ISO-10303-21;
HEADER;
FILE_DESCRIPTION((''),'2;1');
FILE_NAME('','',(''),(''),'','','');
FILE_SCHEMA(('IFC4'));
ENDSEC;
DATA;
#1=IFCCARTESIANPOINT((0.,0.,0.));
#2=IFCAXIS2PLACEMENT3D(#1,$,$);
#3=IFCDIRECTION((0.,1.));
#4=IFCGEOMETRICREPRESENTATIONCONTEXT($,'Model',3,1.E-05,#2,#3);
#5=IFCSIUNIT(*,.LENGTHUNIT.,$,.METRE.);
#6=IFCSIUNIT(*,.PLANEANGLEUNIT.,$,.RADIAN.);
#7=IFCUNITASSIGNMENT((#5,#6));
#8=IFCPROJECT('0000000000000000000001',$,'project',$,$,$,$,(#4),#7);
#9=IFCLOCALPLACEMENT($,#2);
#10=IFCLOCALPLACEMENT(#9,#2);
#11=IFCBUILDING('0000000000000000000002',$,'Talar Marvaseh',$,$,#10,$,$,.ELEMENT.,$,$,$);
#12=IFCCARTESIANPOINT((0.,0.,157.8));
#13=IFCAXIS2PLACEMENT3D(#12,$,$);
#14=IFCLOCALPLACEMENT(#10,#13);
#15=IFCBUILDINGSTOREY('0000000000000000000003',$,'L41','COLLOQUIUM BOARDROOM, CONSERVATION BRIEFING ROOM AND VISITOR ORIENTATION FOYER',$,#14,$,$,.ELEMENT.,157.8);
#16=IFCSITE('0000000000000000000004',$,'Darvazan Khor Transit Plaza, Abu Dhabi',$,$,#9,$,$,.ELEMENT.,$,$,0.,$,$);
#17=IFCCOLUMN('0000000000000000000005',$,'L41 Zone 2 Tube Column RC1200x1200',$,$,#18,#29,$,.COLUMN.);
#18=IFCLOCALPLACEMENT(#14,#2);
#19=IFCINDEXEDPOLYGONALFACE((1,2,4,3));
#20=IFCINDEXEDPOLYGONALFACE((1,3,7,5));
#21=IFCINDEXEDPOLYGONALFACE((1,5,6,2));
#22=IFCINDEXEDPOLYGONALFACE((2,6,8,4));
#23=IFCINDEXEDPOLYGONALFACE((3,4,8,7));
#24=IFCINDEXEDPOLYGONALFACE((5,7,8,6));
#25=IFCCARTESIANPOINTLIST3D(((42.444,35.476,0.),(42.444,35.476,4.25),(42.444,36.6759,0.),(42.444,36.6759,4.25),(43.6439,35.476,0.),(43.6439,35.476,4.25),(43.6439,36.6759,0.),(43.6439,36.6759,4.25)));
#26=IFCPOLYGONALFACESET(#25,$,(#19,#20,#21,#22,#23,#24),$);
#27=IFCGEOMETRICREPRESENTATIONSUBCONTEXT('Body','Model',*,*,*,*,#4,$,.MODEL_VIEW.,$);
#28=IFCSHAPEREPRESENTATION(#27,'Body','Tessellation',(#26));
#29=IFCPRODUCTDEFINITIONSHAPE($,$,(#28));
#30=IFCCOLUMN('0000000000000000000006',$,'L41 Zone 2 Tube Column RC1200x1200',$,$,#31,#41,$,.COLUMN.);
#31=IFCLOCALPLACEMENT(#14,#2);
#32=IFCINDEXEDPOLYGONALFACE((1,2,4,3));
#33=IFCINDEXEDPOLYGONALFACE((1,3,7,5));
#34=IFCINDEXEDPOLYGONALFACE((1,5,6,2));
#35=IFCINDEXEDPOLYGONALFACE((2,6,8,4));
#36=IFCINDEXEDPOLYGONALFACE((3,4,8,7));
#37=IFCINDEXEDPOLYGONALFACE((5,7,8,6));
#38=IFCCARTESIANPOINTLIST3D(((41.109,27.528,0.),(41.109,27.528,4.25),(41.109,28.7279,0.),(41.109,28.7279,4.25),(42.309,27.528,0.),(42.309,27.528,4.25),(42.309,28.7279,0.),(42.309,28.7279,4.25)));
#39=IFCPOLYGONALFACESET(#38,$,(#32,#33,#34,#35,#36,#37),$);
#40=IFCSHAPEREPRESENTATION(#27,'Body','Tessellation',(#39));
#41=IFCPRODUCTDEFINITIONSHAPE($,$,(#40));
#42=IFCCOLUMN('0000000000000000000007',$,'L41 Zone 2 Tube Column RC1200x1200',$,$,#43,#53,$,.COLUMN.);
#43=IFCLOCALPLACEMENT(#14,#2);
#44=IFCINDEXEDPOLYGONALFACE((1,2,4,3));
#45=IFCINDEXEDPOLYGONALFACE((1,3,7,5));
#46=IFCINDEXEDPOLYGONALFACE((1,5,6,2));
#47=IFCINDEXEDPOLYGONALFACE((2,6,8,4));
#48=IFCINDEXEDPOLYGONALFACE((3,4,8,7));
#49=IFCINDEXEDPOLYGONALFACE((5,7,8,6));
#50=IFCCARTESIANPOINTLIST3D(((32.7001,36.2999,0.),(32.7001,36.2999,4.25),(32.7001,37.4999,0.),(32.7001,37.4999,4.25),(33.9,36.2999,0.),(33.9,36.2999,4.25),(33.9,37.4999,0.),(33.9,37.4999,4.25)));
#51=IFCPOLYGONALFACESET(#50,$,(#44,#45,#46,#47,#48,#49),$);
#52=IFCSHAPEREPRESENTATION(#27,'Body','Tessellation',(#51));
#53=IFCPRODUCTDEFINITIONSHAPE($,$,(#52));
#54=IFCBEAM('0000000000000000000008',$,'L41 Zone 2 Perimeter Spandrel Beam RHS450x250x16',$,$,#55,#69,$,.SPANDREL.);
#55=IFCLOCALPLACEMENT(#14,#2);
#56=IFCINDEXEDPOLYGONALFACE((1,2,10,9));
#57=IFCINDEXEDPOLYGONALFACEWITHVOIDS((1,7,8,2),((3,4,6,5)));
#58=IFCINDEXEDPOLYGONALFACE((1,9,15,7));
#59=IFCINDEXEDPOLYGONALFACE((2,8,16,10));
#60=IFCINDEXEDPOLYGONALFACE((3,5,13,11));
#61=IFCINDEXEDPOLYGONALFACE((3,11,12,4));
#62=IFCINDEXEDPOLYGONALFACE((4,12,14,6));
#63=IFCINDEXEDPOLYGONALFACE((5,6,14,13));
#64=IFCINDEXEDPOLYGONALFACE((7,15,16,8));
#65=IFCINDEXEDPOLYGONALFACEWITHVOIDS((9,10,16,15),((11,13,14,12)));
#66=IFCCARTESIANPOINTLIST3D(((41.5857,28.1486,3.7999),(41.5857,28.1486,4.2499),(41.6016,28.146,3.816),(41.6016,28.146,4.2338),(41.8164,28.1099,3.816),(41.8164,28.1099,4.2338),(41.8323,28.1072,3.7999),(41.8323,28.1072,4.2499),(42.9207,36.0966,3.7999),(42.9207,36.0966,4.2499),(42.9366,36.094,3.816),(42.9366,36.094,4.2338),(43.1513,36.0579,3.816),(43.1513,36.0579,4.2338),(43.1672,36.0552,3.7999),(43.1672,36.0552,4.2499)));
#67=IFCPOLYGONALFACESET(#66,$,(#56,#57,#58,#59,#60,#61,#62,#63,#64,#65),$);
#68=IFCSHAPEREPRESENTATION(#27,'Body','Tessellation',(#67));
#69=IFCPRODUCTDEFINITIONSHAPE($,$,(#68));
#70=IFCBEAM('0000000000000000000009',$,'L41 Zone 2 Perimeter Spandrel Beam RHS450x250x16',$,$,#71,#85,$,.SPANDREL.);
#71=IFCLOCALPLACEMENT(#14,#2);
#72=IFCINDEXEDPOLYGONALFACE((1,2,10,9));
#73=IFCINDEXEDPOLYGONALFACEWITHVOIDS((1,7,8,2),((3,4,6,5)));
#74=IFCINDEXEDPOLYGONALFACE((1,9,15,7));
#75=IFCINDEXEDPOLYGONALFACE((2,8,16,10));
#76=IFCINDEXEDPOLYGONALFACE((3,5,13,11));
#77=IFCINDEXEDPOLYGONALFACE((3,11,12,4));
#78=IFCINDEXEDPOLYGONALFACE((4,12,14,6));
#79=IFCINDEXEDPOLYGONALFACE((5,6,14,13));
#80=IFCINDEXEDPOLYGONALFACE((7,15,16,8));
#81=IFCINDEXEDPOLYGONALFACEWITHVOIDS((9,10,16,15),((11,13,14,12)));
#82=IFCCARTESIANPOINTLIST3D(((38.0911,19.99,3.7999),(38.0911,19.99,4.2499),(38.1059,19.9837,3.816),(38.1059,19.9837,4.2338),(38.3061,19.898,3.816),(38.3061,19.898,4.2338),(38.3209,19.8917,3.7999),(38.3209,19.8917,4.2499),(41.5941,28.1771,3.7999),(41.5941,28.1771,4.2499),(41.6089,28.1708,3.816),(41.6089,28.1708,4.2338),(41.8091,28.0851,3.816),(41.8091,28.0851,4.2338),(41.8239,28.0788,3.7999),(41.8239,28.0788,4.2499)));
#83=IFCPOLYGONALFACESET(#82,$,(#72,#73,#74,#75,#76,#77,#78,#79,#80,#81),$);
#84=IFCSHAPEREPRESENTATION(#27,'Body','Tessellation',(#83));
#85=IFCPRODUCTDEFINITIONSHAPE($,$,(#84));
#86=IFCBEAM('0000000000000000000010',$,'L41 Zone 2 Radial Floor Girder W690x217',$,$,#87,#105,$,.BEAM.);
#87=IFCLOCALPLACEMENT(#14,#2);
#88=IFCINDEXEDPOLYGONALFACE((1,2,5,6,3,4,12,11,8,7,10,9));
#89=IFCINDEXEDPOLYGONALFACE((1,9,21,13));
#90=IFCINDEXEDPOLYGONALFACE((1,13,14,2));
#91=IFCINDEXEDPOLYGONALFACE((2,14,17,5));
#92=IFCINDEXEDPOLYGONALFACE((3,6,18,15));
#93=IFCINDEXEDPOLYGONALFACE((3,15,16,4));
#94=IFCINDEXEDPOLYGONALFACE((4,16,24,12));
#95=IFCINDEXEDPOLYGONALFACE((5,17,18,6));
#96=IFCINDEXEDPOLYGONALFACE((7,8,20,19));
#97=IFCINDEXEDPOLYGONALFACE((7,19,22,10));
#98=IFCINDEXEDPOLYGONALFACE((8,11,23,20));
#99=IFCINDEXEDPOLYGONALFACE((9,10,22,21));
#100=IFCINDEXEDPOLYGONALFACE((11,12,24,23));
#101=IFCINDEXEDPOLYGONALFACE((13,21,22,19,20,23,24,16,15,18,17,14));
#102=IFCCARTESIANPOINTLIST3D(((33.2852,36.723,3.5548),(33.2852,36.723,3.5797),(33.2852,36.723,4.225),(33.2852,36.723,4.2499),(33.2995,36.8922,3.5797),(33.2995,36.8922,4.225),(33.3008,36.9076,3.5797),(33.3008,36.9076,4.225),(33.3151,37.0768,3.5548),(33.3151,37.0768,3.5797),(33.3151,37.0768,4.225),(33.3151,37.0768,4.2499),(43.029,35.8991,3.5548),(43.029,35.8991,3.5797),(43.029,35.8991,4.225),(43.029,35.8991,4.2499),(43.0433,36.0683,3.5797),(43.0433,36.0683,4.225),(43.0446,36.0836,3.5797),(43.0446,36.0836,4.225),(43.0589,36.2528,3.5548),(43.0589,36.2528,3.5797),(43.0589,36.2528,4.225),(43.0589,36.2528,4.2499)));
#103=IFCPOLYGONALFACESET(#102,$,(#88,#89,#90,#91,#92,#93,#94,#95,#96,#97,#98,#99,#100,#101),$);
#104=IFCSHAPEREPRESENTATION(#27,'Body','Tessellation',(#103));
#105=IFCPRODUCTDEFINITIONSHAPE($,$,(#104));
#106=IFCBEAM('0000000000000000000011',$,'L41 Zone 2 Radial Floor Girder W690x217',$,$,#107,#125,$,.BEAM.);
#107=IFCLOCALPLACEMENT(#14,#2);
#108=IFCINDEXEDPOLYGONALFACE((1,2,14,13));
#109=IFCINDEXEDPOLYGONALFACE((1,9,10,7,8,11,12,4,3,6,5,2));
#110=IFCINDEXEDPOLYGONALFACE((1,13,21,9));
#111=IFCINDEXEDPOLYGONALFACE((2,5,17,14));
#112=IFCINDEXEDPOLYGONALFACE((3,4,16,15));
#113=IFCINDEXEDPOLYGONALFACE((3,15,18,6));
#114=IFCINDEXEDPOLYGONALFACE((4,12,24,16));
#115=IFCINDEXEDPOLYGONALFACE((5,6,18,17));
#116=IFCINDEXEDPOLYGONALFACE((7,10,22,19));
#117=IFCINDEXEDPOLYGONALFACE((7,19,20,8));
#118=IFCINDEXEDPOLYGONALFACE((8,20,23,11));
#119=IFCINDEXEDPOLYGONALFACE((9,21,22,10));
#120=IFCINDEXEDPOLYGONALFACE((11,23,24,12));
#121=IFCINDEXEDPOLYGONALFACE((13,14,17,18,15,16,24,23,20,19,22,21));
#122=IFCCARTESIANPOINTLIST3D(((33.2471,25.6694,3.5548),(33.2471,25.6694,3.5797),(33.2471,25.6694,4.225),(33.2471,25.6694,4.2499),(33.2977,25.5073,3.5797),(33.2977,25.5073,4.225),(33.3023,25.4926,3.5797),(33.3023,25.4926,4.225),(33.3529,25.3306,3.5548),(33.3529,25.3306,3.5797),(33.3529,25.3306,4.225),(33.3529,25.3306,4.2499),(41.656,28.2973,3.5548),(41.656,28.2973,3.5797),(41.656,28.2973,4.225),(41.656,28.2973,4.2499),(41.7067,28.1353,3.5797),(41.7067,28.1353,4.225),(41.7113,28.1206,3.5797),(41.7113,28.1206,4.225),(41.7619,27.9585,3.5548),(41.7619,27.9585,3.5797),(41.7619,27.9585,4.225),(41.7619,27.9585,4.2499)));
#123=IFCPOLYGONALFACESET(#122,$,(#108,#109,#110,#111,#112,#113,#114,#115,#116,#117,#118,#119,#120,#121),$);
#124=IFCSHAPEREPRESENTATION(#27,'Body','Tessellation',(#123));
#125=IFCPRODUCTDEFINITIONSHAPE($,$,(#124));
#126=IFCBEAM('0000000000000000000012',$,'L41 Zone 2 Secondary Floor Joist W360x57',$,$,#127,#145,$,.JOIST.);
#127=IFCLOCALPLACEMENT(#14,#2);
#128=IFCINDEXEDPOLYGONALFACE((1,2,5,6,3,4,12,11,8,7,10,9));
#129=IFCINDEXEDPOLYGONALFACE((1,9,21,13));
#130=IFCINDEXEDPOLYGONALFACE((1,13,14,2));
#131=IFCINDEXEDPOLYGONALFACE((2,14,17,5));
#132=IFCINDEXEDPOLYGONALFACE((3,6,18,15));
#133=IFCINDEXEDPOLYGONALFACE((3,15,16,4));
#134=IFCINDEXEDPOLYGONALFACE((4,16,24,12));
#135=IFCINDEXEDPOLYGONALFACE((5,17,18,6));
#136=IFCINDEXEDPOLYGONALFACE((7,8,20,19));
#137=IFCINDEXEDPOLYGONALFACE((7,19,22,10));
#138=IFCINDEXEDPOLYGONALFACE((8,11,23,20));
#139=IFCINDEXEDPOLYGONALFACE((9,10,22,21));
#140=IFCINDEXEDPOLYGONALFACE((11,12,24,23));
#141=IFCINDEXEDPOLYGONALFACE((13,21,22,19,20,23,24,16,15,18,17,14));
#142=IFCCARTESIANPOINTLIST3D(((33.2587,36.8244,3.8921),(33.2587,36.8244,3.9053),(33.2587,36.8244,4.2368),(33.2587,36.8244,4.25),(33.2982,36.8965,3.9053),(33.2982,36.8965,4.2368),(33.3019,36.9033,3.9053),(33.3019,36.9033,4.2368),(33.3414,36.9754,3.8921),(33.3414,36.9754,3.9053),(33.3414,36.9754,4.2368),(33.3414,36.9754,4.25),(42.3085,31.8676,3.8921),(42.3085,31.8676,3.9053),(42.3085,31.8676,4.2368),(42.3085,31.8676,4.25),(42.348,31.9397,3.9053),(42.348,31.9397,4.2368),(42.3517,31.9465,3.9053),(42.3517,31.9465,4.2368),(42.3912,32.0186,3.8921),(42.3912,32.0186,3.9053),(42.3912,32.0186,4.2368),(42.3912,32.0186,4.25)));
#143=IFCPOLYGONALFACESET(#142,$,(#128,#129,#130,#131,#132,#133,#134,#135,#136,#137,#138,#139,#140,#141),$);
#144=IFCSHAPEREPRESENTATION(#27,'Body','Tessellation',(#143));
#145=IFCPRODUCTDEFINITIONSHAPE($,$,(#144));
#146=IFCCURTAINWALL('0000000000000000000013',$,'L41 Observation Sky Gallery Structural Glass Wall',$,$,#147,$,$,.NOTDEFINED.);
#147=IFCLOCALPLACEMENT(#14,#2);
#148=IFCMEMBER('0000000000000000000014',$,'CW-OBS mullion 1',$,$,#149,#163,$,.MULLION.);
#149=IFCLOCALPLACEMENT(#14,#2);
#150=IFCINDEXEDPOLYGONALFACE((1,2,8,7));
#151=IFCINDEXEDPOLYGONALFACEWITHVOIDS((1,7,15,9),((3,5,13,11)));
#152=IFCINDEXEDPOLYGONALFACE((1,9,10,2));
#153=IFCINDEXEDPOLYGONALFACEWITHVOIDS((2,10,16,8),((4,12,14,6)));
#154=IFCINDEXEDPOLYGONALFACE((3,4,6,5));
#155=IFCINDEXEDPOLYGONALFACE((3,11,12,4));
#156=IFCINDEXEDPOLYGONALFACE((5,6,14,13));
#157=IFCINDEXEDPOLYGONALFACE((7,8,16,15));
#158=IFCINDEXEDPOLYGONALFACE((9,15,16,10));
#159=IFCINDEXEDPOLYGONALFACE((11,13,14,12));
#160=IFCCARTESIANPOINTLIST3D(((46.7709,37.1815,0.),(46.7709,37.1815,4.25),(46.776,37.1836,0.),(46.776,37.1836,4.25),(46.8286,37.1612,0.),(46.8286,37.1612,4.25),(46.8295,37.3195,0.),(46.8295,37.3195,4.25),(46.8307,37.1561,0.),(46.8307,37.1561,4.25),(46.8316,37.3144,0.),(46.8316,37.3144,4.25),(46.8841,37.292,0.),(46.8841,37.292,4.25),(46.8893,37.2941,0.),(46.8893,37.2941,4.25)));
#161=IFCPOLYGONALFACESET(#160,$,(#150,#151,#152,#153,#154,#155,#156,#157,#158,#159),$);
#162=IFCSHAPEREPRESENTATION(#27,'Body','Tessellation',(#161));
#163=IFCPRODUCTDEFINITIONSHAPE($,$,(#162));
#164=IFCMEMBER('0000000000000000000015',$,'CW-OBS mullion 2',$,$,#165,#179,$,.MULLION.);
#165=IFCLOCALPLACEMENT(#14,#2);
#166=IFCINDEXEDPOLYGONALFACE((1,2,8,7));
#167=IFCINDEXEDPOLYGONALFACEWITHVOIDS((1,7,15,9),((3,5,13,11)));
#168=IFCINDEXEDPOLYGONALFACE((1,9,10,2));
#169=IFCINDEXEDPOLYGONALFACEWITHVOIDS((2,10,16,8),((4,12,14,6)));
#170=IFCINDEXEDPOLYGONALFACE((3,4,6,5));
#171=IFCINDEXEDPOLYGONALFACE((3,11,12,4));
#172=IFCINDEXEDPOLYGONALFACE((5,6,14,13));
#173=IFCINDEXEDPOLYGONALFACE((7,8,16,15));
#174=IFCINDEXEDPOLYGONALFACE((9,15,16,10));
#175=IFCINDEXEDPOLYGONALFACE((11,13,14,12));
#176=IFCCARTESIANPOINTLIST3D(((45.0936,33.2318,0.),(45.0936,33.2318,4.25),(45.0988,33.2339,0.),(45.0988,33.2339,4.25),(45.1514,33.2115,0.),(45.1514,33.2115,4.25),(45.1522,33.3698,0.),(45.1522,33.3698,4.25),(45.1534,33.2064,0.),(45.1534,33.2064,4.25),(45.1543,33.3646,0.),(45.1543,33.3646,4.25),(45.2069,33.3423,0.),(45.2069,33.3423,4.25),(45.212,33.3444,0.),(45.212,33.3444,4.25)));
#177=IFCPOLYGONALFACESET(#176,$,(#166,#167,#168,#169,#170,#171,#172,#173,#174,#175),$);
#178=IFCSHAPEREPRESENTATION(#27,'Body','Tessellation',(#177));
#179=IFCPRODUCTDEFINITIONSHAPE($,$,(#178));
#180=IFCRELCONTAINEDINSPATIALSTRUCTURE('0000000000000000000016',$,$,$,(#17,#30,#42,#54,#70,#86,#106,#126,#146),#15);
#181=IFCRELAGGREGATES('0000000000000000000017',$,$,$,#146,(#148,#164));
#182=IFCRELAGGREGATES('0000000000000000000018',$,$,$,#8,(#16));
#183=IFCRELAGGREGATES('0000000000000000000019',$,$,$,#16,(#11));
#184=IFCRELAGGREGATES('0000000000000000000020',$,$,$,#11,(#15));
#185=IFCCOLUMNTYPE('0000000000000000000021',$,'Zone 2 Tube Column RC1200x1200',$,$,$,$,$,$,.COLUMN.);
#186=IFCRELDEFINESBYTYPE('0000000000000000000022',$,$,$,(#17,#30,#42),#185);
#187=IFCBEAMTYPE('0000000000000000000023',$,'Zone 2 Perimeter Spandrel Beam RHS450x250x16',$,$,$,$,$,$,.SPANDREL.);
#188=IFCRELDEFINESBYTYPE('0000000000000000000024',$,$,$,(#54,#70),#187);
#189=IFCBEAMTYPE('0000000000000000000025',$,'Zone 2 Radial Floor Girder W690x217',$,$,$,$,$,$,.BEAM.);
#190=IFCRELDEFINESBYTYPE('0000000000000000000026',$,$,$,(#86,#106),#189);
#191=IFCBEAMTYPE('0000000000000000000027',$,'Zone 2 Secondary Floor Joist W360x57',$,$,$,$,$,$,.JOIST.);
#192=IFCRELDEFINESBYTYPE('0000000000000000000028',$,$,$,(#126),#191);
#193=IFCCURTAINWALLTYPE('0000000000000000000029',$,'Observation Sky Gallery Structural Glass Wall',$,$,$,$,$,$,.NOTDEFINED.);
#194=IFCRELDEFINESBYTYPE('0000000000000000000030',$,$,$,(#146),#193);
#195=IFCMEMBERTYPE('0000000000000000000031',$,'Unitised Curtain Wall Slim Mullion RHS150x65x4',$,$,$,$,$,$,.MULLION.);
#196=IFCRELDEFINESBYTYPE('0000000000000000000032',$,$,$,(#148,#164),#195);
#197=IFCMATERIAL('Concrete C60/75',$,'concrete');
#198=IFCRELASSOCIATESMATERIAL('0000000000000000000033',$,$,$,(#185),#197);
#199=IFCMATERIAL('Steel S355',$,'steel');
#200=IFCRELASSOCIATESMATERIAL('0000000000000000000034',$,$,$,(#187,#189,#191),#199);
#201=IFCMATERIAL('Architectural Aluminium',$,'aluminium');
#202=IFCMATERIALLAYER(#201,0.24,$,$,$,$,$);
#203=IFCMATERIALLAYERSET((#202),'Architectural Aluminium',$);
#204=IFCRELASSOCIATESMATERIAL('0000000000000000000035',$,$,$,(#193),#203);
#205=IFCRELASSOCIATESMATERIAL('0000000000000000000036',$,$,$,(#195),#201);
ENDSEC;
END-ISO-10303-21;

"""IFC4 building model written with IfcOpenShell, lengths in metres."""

from ifc_helpers import new_model, si_unit, direction, frame, origin, origin_2d, place, context, subcontext, project, spatial, rectangle, hollow_rectangle, i_section, extrude, source, transform, mapped, material, layer, layer_set, material_profile, profile_set, type_object, type_shapes, element, aggregate, save


model = new_model("IFC4")

# Units and contexts
model_context = context("Model", 3, precision=1e-05, world=origin(), true_north=direction((0.0, 1.0)))
body_context = subcontext(model_context, "Body", "Model", "MODEL_VIEW")
ifc_project = project(units=[si_unit("LENGTHUNIT", "METRE"), si_unit("PLANEANGLEUNIT", "RADIAN")], contexts=[model_context])

# Site, building, storey
site_placement = place(None, origin())
site = spatial("IfcSite", under=ifc_project, at=site_placement, Name="Darvazan Khor Transit Plaza, Abu Dhabi", CompositionType="ELEMENT", RefElevation=0.0)
building_placement = place(site_placement, origin())
building = spatial("IfcBuilding", under=site, at=building_placement, Name="Talar Marvaseh", CompositionType="ELEMENT")
storey_placement = place(building_placement, frame((0.0, 0.0, 157.8)))
storey = spatial("IfcBuildingStorey", under=building, at=storey_placement, Name="L41", Description="COLLOQUIUM BOARDROOM, CONSERVATION BRIEFING ROOM AND VISITOR ORIENTATION FOYER", CompositionType="ELEMENT", Elevation=157.8)

# Columns
ifc_material_1 = material(Name="Concrete C60/75", Category="concrete")
ifc_material_profile_1 = material_profile(ifc_material_1, rectangle(XDim=1.2, YDim=1.2, at=origin_2d()), Name="RC1200x1200")
ifc_profile_set_1 = profile_set([ifc_material_profile_1], Name="Concrete C60/75")
column_type = type_object("IfcColumnType", Name="Zone 2 Tube Column RC1200x1200", PredefinedType="COLUMN", material=ifc_profile_set_1)
for number, where, z_axis, x_axis, name in (
    (1, (43.0439, 36.0759, 0.0), (0.0, 0.0, 1.0), (1.0, 0.0, 0.0), "L41 Zone 2 Tube Column RC1200x1200"),
    (2, (41.709, 28.1279, 0.0), (0.0, 0.0, 1.0), (1.0, 0.0, 0.0), "L41 Zone 2 Tube Column RC1200x1200"),
    (3, (33.3, 36.8999, 0.0), (0.0, 0.0, 1.0), (1.0, 0.0, 0.0), "L41 Zone 2 Tube Column RC1200x1200"),
):
    element("IfcColumn", number, at=place(storey_placement, frame(where, z_axis=z_axis, x_axis=x_axis)), inside=storey, type_object=column_type, Name=name, PredefinedType="COLUMN", context=body_context, shape_type="SweptSolid", body=[
        extrude(rectangle(XDim=1.2, YDim=1.2, at=origin_2d()), origin(), (0.0, 0.0, 1.0), 4.25),
    ])

# Beams
ifc_material_2 = material(Name="Steel S355", Category="steel")
ifc_material_profile_2 = material_profile(ifc_material_2, hollow_rectangle(XDim=0.25, YDim=0.45, WallThickness=0.0161, at=origin_2d()), Name="RHS450x250x16")
ifc_profile_set_2 = profile_set([ifc_material_profile_2], Name="Steel S355")
beam_type_1 = type_object("IfcBeamType", Name="Zone 2 Perimeter Spandrel Beam RHS450x250x16", PredefinedType="SPANDREL", material=ifc_profile_set_2)
beam_1_placement = place(storey_placement, frame((43.0439, 36.0759, 4.0249), z_axis=(-0.165642, -0.986186, 0.0), x_axis=(0.986186, -0.165642, 0.0)))
element("IfcBeam", 4, at=beam_1_placement, inside=storey, type_object=beam_type_1, Name="L41 Zone 2 Perimeter Spandrel Beam RHS450x250x16", PredefinedType="SPANDREL", context=body_context, shape_type="SweptSolid", body=[
    extrude(hollow_rectangle(XDim=0.25, YDim=0.45, WallThickness=0.0161, at=origin_2d()), origin(), (0.0, 0.0, 1.0), 8.0593),
])
beam_2_placement = place(storey_placement, frame((41.709, 28.1279, 4.0249), z_axis=(-0.39337, -0.91938, 0.0), x_axis=(0.91938, -0.39337, 0.0)))
element("IfcBeam", 5, at=beam_2_placement, inside=storey, type_object=beam_type_1, Name="L41 Zone 2 Perimeter Spandrel Beam RHS450x250x16", PredefinedType="SPANDREL", context=body_context, shape_type="SweptSolid", body=[
    extrude(hollow_rectangle(XDim=0.25, YDim=0.45, WallThickness=0.0161, at=origin_2d()), origin(), (0.0, 0.0, 1.0), 8.905),
])
ifc_material_profile_3 = material_profile(ifc_material_2, i_section(OverallWidth=0.355, OverallDepth=0.6951, WebThickness=0.0154, FlangeThickness=0.0249, at=origin_2d()), Name="W690x217")
ifc_profile_set_3 = profile_set([ifc_material_profile_3], Name="Steel S355")
beam_type_2 = type_object("IfcBeamType", Name="Zone 2 Radial Floor Girder W690x217", PredefinedType="BEAM", material=ifc_profile_set_3)
beam_3_placement = place(storey_placement, frame((43.0439, 36.0759, 3.9023), z_axis=(-0.996444, 0.084262, 0.0), x_axis=(-0.084262, -0.996444, 0.0)))
element("IfcBeam", 6, at=beam_3_placement, inside=storey, type_object=beam_type_2, Name="L41 Zone 2 Radial Floor Girder W690x217", PredefinedType="BEAM", context=body_context, shape_type="SweptSolid", body=[
    extrude(i_section(OverallWidth=0.355, OverallDepth=0.6951, WebThickness=0.0154, FlangeThickness=0.0249, at=origin_2d()), origin(), (0.0, 0.0, 1.0), 9.7786),
])
beam_4_placement = place(storey_placement, frame((41.709, 28.1279, 3.9023), z_axis=(-0.954476, -0.298289, 0.0), x_axis=(0.298289, -0.954476, 0.0)))
element("IfcBeam", 7, at=beam_4_placement, inside=storey, type_object=beam_type_2, Name="L41 Zone 2 Radial Floor Girder W690x217", PredefinedType="BEAM", context=body_context, shape_type="SweptSolid", body=[
    extrude(i_section(OverallWidth=0.355, OverallDepth=0.6951, WebThickness=0.0154, FlangeThickness=0.0249, at=origin_2d()), origin(), (0.0, 0.0, 1.0), 8.8101),
])
ifc_material_profile_4 = material_profile(ifc_material_2, i_section(OverallWidth=0.1721, OverallDepth=0.3579, WebThickness=0.0078, FlangeThickness=0.0132, at=origin_2d()), Name="W360x57")
ifc_profile_set_4 = profile_set([ifc_material_profile_4], Name="Steel S355")
beam_type_3 = type_object("IfcBeamType", Name="Zone 2 Secondary Floor Joist W360x57", PredefinedType="JOIST", material=ifc_profile_set_4)
beam_5_placement = place(storey_placement, frame((42.3499, 31.9431, 4.071), z_axis=(-0.877058, 0.480385, 0.0), x_axis=(-0.480385, -0.877058, 0.0)))
element("IfcBeam", 8, at=beam_5_placement, inside=storey, type_object=beam_type_3, Name="L41 Zone 2 Secondary Floor Joist W360x57", PredefinedType="JOIST", context=body_context, shape_type="SweptSolid", body=[
    extrude(i_section(OverallWidth=0.1721, OverallDepth=0.3579, WebThickness=0.0078, FlangeThickness=0.0132, at=origin_2d()), origin(), (0.0, 0.0, 1.0), 10.3184),
])

# Curtain wall, members
ifc_material_3 = material(Name="Architectural Aluminium", Category="aluminium")
ifc_layer_1 = layer(ifc_material_3, 0.24)
ifc_layer_set_1 = layer_set([ifc_layer_1], Name="Architectural Aluminium")
curtain_wall_type = type_object("IfcCurtainWallType", Name="Observation Sky Gallery Structural Glass Wall", PredefinedType="NOTDEFINED", material=ifc_layer_set_1)
curtain_wall_placement = place(storey_placement, origin())
curtain_wall = element("IfcCurtainWall", 9, at=curtain_wall_placement, inside=storey, type_object=curtain_wall_type, Name="L41 Observation Sky Gallery Structural Glass Wall", PredefinedType="NOTDEFINED")
ifc_material_profile_5 = material_profile(ifc_material_3, hollow_rectangle(XDim=0.0649, YDim=0.1499, WallThickness=0.0039, at=origin_2d()), Name="RHS150x65x4")
ifc_profile_set_5 = profile_set([ifc_material_profile_5], Name="Architectural Aluminium")
member_type_1 = type_object("IfcMemberType", Name="Unitised Curtain Wall Slim Mullion RHS150x65x4", PredefinedType="MULLION", material=ifc_profile_set_5)
shared_shape_1 = source(origin(), body_context, "Body", "SweptSolid", [
    extrude(hollow_rectangle(XDim=0.0649, YDim=0.1499, WallThickness=0.0039, at=origin_2d()), origin(), (0.0, 0.0, 1.0), 4.25),
])
type_shapes(member_type_1, [shared_shape_1])
member_1_placement = place(storey_placement, frame((46.8301, 37.2378, 0.0), z_axis=(0.0, 0.0, 1.0), x_axis=(0.920444, -0.390874, 0.0)))
member_1 = element("IfcMember", 10, at=member_1_placement, type_object=member_type_1, Name="CW-OBS mullion 1", PredefinedType="MULLION", context=body_context, shape_type="MappedRepresentation", body=[
    mapped(shared_shape_1, transform((0.0, 0.0, 0.0), x_axis=(1.0, 0.0, 0.0), y_axis=(0.0, 1.0, 0.0), z_axis=(0.0, 0.0, 1.0), scale=1.0)),
])
member_2_placement = place(storey_placement, frame((45.1528, 33.2881, 0.0), z_axis=(0.0, 0.0, 1.0), x_axis=(0.920444, -0.390874, 0.0)))
member_2 = element("IfcMember", 11, at=member_2_placement, type_object=member_type_1, Name="CW-OBS mullion 2", PredefinedType="MULLION", context=body_context, shape_type="MappedRepresentation", body=[
    mapped(shared_shape_1, transform((0.0, 0.0, 0.0), x_axis=(1.0, 0.0, 0.0), y_axis=(0.0, 1.0, 0.0), z_axis=(0.0, 0.0, 1.0), scale=1.0)),
])
aggregate(curtain_wall, [member_1, member_2])

save(model, "model.ifc")
